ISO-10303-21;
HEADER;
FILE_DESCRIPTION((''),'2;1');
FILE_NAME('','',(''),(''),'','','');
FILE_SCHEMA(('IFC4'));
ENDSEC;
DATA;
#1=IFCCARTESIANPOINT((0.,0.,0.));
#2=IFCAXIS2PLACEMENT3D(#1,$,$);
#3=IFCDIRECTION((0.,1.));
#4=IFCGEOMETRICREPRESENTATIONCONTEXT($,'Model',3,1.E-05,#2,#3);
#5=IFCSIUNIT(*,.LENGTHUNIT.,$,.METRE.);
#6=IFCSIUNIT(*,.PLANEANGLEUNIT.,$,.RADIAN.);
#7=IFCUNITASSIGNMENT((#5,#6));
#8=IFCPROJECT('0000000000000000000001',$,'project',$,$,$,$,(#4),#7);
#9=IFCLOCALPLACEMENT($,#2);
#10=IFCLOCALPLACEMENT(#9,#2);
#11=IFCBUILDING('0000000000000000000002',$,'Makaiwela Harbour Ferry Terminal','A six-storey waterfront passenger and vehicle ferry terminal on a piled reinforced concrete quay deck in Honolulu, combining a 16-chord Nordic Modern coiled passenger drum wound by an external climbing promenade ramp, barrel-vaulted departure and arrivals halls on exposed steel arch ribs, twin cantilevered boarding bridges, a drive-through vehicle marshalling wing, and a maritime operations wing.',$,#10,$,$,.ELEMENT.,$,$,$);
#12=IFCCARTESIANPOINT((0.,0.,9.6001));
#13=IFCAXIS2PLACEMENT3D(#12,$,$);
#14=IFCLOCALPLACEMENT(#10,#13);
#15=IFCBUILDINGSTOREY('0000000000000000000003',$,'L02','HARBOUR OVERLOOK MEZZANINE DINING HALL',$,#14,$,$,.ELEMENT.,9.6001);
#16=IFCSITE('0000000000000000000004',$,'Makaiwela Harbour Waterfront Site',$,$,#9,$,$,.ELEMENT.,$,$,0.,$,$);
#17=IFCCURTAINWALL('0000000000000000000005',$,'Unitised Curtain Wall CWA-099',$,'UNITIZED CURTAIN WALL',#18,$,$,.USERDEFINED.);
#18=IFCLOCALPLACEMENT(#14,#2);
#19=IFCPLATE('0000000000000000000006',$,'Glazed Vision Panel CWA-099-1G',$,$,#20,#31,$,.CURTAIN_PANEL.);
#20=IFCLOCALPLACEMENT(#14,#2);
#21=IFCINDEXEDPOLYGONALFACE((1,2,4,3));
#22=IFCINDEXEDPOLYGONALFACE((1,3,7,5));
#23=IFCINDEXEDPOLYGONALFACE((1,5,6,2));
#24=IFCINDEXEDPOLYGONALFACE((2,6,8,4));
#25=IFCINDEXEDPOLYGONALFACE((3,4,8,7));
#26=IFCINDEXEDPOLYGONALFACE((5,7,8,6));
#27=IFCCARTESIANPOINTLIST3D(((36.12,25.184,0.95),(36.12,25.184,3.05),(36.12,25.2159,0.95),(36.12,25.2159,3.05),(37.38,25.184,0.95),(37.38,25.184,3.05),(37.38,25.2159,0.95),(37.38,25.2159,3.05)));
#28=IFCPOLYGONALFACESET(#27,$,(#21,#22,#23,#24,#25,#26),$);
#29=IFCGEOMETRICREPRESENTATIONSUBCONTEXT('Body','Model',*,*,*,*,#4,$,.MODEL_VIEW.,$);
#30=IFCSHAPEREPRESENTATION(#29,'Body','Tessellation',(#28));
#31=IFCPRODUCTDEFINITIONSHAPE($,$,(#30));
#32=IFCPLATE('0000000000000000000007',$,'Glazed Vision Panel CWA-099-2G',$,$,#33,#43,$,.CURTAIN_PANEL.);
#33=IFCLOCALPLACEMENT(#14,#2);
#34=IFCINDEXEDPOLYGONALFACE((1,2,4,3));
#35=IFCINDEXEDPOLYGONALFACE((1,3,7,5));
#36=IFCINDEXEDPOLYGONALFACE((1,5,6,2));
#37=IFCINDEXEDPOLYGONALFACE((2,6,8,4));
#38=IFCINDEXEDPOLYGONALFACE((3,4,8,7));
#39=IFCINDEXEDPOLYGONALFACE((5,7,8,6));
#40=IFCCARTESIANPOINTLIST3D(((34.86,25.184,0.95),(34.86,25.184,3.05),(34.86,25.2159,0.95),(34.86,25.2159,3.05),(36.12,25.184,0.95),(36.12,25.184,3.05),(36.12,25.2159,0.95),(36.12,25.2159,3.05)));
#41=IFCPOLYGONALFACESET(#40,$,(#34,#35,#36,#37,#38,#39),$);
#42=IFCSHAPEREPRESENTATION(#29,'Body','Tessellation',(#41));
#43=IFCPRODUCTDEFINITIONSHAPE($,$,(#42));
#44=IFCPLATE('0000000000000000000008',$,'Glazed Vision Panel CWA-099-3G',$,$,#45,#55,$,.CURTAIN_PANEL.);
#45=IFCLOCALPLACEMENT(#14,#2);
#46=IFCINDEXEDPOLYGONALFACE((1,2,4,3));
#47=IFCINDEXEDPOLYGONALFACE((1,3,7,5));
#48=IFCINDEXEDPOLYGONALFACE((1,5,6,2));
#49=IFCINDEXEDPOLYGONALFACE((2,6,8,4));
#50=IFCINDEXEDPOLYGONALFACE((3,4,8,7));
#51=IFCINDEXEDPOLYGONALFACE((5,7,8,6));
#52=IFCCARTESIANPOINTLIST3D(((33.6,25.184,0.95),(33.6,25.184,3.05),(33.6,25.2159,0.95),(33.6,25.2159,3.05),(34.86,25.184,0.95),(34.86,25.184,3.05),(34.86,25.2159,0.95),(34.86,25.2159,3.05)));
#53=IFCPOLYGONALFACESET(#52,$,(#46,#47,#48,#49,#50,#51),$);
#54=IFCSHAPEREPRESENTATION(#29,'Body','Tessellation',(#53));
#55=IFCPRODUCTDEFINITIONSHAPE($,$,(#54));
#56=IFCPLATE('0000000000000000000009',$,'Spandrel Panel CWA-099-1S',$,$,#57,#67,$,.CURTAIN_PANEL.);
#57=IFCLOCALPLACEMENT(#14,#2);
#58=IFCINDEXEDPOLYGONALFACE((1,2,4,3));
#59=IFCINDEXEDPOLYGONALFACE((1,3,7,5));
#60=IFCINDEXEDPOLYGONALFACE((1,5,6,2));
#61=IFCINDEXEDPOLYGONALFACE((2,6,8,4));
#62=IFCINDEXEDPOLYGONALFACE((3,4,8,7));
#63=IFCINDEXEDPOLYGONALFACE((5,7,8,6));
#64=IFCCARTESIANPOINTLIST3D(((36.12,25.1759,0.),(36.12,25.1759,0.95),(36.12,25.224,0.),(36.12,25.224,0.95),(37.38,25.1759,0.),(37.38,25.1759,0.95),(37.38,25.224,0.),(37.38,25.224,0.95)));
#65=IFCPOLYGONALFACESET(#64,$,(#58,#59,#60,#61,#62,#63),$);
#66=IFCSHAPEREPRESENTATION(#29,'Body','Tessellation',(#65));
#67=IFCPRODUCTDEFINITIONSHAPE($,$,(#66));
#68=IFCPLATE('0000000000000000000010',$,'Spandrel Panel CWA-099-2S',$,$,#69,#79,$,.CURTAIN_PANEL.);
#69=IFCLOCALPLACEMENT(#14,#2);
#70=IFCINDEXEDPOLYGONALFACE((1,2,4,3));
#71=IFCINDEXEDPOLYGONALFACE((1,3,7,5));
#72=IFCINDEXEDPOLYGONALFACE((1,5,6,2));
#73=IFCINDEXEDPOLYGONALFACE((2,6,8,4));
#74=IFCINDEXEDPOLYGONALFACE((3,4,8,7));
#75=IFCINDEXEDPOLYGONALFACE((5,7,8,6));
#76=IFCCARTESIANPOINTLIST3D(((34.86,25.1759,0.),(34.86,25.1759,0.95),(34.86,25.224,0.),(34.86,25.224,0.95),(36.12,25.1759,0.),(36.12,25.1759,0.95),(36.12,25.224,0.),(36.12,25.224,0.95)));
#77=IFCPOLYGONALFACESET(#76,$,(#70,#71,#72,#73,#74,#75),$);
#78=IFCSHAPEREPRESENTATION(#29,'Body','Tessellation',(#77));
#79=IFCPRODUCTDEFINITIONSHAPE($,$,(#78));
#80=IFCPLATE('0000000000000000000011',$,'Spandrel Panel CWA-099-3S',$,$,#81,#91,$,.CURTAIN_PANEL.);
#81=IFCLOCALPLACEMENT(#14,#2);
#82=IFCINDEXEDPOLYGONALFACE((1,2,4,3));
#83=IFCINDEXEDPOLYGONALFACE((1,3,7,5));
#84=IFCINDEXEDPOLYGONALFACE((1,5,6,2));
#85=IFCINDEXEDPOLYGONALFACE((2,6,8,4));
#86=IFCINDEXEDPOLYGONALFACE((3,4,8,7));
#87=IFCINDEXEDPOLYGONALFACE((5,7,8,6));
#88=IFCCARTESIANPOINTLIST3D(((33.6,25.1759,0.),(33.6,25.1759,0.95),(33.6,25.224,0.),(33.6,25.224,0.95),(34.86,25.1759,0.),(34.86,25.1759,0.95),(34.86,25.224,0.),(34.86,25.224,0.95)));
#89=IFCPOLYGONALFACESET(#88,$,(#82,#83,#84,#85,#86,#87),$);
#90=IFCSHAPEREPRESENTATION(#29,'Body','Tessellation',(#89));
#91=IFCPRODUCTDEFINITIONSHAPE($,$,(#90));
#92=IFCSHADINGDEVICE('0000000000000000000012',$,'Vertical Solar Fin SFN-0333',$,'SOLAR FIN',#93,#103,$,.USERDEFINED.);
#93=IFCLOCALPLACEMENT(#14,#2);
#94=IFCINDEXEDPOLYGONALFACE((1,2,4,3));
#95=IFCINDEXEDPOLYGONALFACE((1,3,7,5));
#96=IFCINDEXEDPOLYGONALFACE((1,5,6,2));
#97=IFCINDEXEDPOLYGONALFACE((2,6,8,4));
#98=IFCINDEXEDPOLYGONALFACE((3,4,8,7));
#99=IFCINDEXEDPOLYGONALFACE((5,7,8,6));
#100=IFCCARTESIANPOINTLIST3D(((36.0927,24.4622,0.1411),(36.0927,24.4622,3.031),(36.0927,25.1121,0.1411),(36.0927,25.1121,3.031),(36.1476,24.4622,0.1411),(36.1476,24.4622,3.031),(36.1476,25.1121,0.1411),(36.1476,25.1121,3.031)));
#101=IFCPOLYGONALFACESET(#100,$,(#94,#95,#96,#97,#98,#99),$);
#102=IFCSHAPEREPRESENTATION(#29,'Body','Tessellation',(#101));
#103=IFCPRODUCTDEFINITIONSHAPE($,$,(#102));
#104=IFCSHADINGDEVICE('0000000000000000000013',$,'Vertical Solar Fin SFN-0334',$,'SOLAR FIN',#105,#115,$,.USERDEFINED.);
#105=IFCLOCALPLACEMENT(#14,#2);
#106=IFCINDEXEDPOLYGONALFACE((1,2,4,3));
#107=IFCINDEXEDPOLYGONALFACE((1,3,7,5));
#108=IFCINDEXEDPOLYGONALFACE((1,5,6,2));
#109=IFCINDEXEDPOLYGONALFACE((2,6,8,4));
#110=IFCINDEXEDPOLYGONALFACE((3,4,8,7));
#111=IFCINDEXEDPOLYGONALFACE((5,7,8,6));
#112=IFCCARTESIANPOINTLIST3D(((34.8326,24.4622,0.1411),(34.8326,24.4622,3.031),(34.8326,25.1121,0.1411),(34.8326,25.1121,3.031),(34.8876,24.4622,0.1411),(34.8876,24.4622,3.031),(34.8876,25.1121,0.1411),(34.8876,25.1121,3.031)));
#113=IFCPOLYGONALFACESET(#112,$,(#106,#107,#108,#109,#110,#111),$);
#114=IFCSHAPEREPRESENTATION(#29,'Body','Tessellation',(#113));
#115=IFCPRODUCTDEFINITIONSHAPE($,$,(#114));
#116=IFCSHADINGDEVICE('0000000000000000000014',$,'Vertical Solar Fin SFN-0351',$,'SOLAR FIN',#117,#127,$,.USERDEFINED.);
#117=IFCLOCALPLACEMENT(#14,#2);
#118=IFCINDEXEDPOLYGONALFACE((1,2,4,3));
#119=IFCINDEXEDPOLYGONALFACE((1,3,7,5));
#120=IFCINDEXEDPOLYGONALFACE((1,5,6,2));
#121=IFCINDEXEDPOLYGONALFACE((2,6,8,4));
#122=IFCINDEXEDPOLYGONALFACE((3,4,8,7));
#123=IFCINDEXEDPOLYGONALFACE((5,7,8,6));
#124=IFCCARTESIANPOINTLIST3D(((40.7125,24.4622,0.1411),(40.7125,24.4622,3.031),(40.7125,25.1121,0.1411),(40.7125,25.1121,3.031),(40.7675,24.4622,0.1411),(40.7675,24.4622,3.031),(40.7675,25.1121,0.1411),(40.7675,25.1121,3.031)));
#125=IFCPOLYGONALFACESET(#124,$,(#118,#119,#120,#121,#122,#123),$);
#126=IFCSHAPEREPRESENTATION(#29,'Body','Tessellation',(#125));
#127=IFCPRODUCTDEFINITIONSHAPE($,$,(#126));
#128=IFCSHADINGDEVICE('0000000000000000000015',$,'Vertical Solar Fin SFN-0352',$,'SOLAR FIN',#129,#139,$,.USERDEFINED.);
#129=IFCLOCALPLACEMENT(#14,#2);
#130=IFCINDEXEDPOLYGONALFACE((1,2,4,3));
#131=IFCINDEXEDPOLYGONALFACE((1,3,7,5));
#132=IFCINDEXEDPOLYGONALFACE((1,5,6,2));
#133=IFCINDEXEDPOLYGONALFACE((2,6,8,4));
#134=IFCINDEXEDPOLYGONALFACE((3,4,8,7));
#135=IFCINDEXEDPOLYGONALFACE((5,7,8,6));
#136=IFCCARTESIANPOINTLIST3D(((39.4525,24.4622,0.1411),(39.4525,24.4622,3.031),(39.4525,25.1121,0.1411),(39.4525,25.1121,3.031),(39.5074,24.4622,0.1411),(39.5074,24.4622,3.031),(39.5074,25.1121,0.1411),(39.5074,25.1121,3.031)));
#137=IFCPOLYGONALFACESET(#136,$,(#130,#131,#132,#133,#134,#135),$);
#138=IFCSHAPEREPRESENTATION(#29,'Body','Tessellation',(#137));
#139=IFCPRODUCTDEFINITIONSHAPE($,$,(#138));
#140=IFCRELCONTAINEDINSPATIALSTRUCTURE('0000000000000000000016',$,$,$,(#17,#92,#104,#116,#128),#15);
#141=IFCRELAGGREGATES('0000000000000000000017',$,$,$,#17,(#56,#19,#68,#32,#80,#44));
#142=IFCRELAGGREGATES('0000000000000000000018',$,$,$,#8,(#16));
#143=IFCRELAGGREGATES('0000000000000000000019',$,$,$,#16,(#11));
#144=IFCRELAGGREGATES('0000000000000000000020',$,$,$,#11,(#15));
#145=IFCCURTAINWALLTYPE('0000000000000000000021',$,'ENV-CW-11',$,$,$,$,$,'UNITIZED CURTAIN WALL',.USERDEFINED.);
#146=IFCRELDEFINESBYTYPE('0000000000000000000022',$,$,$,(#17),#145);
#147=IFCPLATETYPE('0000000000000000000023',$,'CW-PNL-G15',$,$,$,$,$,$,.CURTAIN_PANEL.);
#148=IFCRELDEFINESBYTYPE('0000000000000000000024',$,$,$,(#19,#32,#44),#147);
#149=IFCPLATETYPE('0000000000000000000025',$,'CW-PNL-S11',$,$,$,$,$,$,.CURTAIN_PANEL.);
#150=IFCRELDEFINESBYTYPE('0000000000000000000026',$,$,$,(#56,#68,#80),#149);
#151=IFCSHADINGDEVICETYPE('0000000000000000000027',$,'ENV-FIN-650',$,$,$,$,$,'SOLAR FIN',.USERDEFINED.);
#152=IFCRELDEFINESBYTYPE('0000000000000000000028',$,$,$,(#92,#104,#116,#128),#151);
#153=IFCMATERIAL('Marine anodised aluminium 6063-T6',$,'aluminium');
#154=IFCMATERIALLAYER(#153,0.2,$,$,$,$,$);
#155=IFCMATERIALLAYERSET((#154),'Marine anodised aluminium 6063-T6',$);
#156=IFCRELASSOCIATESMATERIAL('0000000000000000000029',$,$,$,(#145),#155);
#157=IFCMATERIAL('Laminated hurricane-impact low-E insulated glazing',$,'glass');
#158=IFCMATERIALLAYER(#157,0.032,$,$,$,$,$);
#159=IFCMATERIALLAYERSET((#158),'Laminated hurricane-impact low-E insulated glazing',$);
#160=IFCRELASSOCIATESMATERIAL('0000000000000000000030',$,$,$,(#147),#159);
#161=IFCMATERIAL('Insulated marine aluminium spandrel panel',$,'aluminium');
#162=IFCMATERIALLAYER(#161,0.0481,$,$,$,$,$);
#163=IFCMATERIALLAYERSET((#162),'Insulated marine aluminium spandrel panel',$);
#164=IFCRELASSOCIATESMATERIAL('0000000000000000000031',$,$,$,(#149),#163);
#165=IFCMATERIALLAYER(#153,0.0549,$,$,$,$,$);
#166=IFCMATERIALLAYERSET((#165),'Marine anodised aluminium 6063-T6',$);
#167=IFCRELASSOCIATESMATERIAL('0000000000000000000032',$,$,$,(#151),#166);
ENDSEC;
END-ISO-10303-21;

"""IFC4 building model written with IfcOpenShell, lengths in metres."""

from ifc_helpers import new_model, si_unit, direction, frame, origin, origin_2d, place, context, subcontext, project, spatial, rectangle, extrude, material, layer, layer_set, type_object, element, aggregate, save


model = new_model("IFC4")

# Units and contexts
model_context = context("Model", 3, precision=1e-05, world=origin(), true_north=direction((0.0, 1.0)))
body_context = subcontext(model_context, "Body", "Model", "MODEL_VIEW")
ifc_project = project(units=[si_unit("LENGTHUNIT", "METRE"), si_unit("PLANEANGLEUNIT", "RADIAN")], contexts=[model_context])

# Site, building, storey
site_placement = place(None, origin())
site = spatial("IfcSite", under=ifc_project, at=site_placement, Name="Makaiwela Harbour Waterfront Site", CompositionType="ELEMENT", RefElevation=0.0)
building_placement = place(site_placement, origin())
building = spatial("IfcBuilding", under=site, at=building_placement, Name="Makaiwela Harbour Ferry Terminal", Description="A six-storey waterfront passenger and vehicle ferry terminal on a piled reinforced concrete quay deck in Honolulu, combining a 16-chord Nordic Modern coiled passenger drum wound by an external climbing promenade ramp, barrel-vaulted departure and arrivals halls on exposed steel arch ribs, twin cantilevered boarding bridges, a drive-through vehicle marshalling wing, and a maritime operations wing.", CompositionType="ELEMENT")
storey_placement = place(building_placement, frame((0.0, 0.0, 9.6001)))
storey = spatial("IfcBuildingStorey", under=building, at=storey_placement, Name="L02", Description="HARBOUR OVERLOOK MEZZANINE DINING HALL", CompositionType="ELEMENT", Elevation=9.6001)

# Curtain wall, plates
ifc_material_1 = material(Name="Marine anodised aluminium 6063-T6", Category="aluminium")
ifc_layer_1 = layer(ifc_material_1, 0.2)
ifc_layer_set_1 = layer_set([ifc_layer_1], Name="Marine anodised aluminium 6063-T6")
curtain_wall_type = type_object("IfcCurtainWallType", Name="ENV-CW-11", ElementType="UNITIZED CURTAIN WALL", PredefinedType="USERDEFINED", material=ifc_layer_set_1)
curtain_wall_placement = place(storey_placement, origin())
curtain_wall = element("IfcCurtainWall", 1, at=curtain_wall_placement, inside=storey, type_object=curtain_wall_type, Name="Unitised Curtain Wall CWA-099", ObjectType="UNITIZED CURTAIN WALL", PredefinedType="USERDEFINED")
ifc_material_2 = material(Name="Laminated hurricane-impact low-E insulated glazing", Category="glass")
ifc_layer_2 = layer(ifc_material_2, 0.032)
ifc_layer_set_2 = layer_set([ifc_layer_2], Name="Laminated hurricane-impact low-E insulated glazing")
plate_type_1 = type_object("IfcPlateType", Name="CW-PNL-G15", PredefinedType="CURTAIN_PANEL", material=ifc_layer_set_2)
plate_1_placement = place(storey_placement, frame((36.75, 25.2, 0.95), z_axis=(0.0, 0.0, 1.0), x_axis=(-1.0, 0.0, 0.0)))
plate_1 = element("IfcPlate", 2, at=plate_1_placement, type_object=plate_type_1, Name="Glazed Vision Panel CWA-099-1G", PredefinedType="CURTAIN_PANEL", context=body_context, shape_type="SweptSolid", body=[
    extrude(rectangle(XDim=1.26, YDim=0.032, at=origin_2d()), origin(), (0.0, 0.0, 1.0), 2.1001),
])
plate_2_placement = place(storey_placement, frame((35.49, 25.2, 0.95), z_axis=(0.0, 0.0, 1.0), x_axis=(-1.0, 0.0, 0.0)))
plate_2 = element("IfcPlate", 3, at=plate_2_placement, type_object=plate_type_1, Name="Glazed Vision Panel CWA-099-2G", PredefinedType="CURTAIN_PANEL", context=body_context, shape_type="SweptSolid", body=[
    extrude(rectangle(XDim=1.26, YDim=0.032, at=origin_2d()), origin(), (0.0, 0.0, 1.0), 2.1001),
])
plate_3_placement = place(storey_placement, frame((34.23, 25.2, 0.95), z_axis=(0.0, 0.0, 1.0), x_axis=(-1.0, 0.0, 0.0)))
plate_3 = element("IfcPlate", 4, at=plate_3_placement, type_object=plate_type_1, Name="Glazed Vision Panel CWA-099-3G", PredefinedType="CURTAIN_PANEL", context=body_context, shape_type="SweptSolid", body=[
    extrude(rectangle(XDim=1.26, YDim=0.032, at=origin_2d()), origin(), (0.0, 0.0, 1.0), 2.1001),
])
ifc_material_3 = material(Name="Insulated marine aluminium spandrel panel", Category="aluminium")
ifc_layer_3 = layer(ifc_material_3, 0.0481)
ifc_layer_set_3 = layer_set([ifc_layer_3], Name="Insulated marine aluminium spandrel panel")
plate_type_2 = type_object("IfcPlateType", Name="CW-PNL-S11", PredefinedType="CURTAIN_PANEL", material=ifc_layer_set_3)
plate_4_placement = place(storey_placement, frame((36.75, 25.2, 0.0), z_axis=(0.0, 0.0, 1.0), x_axis=(-1.0, 0.0, 0.0)))
plate_4 = element("IfcPlate", 5, at=plate_4_placement, type_object=plate_type_2, Name="Spandrel Panel CWA-099-1S", PredefinedType="CURTAIN_PANEL", context=body_context, shape_type="SweptSolid", body=[
    extrude(rectangle(XDim=1.26, YDim=0.0481, at=origin_2d()), origin(), (0.0, 0.0, 1.0), 0.95),
])
plate_5_placement = place(storey_placement, frame((35.49, 25.2, 0.0), z_axis=(0.0, 0.0, 1.0), x_axis=(-1.0, 0.0, 0.0)))
plate_5 = element("IfcPlate", 6, at=plate_5_placement, type_object=plate_type_2, Name="Spandrel Panel CWA-099-2S", PredefinedType="CURTAIN_PANEL", context=body_context, shape_type="SweptSolid", body=[
    extrude(rectangle(XDim=1.26, YDim=0.0481, at=origin_2d()), origin(), (0.0, 0.0, 1.0), 0.95),
])
plate_6_placement = place(storey_placement, frame((34.23, 25.2, 0.0), z_axis=(0.0, 0.0, 1.0), x_axis=(-1.0, 0.0, 0.0)))
plate_6 = element("IfcPlate", 7, at=plate_6_placement, type_object=plate_type_2, Name="Spandrel Panel CWA-099-3S", PredefinedType="CURTAIN_PANEL", context=body_context, shape_type="SweptSolid", body=[
    extrude(rectangle(XDim=1.26, YDim=0.0481, at=origin_2d()), origin(), (0.0, 0.0, 1.0), 0.95),
])
aggregate(curtain_wall, [plate_4, plate_1, plate_5, plate_2, plate_6, plate_3])

# Shading devices
ifc_layer_4 = layer(ifc_material_1, 0.0549)
ifc_layer_set_4 = layer_set([ifc_layer_4], Name="Marine anodised aluminium 6063-T6")
shading_device_type = type_object("IfcShadingDeviceType", Name="ENV-FIN-650", ElementType="SOLAR FIN", PredefinedType="USERDEFINED", material=ifc_layer_set_4)
for number, where, z_axis, x_axis, name in (
    (8, (36.1201, 24.7871, 0.1411), (0.0, 0.0, 1.0), (0.0, -1.0, 0.0), "Vertical Solar Fin SFN-0333"),
    (9, (34.8601, 24.7871, 0.1411), (0.0, 0.0, 1.0), (0.0, -1.0, 0.0), "Vertical Solar Fin SFN-0334"),
    (10, (40.74, 24.7871, 0.1411), (0.0, 0.0, 1.0), (0.0, -1.0, 0.0), "Vertical Solar Fin SFN-0351"),
    (11, (39.48, 24.7871, 0.1411), (0.0, 0.0, 1.0), (0.0, -1.0, 0.0), "Vertical Solar Fin SFN-0352"),
):
    element("IfcShadingDevice", number, at=place(storey_placement, frame(where, z_axis=z_axis, x_axis=x_axis)), inside=storey, type_object=shading_device_type, Name=name, ObjectType="SOLAR FIN", PredefinedType="USERDEFINED", context=body_context, shape_type="SweptSolid", body=[
        extrude(rectangle(XDim=0.6499, YDim=0.0549, at=origin_2d()), origin(), (0.0, 0.0, 1.0), 2.8899),
    ])

save(model, "model.ifc")
